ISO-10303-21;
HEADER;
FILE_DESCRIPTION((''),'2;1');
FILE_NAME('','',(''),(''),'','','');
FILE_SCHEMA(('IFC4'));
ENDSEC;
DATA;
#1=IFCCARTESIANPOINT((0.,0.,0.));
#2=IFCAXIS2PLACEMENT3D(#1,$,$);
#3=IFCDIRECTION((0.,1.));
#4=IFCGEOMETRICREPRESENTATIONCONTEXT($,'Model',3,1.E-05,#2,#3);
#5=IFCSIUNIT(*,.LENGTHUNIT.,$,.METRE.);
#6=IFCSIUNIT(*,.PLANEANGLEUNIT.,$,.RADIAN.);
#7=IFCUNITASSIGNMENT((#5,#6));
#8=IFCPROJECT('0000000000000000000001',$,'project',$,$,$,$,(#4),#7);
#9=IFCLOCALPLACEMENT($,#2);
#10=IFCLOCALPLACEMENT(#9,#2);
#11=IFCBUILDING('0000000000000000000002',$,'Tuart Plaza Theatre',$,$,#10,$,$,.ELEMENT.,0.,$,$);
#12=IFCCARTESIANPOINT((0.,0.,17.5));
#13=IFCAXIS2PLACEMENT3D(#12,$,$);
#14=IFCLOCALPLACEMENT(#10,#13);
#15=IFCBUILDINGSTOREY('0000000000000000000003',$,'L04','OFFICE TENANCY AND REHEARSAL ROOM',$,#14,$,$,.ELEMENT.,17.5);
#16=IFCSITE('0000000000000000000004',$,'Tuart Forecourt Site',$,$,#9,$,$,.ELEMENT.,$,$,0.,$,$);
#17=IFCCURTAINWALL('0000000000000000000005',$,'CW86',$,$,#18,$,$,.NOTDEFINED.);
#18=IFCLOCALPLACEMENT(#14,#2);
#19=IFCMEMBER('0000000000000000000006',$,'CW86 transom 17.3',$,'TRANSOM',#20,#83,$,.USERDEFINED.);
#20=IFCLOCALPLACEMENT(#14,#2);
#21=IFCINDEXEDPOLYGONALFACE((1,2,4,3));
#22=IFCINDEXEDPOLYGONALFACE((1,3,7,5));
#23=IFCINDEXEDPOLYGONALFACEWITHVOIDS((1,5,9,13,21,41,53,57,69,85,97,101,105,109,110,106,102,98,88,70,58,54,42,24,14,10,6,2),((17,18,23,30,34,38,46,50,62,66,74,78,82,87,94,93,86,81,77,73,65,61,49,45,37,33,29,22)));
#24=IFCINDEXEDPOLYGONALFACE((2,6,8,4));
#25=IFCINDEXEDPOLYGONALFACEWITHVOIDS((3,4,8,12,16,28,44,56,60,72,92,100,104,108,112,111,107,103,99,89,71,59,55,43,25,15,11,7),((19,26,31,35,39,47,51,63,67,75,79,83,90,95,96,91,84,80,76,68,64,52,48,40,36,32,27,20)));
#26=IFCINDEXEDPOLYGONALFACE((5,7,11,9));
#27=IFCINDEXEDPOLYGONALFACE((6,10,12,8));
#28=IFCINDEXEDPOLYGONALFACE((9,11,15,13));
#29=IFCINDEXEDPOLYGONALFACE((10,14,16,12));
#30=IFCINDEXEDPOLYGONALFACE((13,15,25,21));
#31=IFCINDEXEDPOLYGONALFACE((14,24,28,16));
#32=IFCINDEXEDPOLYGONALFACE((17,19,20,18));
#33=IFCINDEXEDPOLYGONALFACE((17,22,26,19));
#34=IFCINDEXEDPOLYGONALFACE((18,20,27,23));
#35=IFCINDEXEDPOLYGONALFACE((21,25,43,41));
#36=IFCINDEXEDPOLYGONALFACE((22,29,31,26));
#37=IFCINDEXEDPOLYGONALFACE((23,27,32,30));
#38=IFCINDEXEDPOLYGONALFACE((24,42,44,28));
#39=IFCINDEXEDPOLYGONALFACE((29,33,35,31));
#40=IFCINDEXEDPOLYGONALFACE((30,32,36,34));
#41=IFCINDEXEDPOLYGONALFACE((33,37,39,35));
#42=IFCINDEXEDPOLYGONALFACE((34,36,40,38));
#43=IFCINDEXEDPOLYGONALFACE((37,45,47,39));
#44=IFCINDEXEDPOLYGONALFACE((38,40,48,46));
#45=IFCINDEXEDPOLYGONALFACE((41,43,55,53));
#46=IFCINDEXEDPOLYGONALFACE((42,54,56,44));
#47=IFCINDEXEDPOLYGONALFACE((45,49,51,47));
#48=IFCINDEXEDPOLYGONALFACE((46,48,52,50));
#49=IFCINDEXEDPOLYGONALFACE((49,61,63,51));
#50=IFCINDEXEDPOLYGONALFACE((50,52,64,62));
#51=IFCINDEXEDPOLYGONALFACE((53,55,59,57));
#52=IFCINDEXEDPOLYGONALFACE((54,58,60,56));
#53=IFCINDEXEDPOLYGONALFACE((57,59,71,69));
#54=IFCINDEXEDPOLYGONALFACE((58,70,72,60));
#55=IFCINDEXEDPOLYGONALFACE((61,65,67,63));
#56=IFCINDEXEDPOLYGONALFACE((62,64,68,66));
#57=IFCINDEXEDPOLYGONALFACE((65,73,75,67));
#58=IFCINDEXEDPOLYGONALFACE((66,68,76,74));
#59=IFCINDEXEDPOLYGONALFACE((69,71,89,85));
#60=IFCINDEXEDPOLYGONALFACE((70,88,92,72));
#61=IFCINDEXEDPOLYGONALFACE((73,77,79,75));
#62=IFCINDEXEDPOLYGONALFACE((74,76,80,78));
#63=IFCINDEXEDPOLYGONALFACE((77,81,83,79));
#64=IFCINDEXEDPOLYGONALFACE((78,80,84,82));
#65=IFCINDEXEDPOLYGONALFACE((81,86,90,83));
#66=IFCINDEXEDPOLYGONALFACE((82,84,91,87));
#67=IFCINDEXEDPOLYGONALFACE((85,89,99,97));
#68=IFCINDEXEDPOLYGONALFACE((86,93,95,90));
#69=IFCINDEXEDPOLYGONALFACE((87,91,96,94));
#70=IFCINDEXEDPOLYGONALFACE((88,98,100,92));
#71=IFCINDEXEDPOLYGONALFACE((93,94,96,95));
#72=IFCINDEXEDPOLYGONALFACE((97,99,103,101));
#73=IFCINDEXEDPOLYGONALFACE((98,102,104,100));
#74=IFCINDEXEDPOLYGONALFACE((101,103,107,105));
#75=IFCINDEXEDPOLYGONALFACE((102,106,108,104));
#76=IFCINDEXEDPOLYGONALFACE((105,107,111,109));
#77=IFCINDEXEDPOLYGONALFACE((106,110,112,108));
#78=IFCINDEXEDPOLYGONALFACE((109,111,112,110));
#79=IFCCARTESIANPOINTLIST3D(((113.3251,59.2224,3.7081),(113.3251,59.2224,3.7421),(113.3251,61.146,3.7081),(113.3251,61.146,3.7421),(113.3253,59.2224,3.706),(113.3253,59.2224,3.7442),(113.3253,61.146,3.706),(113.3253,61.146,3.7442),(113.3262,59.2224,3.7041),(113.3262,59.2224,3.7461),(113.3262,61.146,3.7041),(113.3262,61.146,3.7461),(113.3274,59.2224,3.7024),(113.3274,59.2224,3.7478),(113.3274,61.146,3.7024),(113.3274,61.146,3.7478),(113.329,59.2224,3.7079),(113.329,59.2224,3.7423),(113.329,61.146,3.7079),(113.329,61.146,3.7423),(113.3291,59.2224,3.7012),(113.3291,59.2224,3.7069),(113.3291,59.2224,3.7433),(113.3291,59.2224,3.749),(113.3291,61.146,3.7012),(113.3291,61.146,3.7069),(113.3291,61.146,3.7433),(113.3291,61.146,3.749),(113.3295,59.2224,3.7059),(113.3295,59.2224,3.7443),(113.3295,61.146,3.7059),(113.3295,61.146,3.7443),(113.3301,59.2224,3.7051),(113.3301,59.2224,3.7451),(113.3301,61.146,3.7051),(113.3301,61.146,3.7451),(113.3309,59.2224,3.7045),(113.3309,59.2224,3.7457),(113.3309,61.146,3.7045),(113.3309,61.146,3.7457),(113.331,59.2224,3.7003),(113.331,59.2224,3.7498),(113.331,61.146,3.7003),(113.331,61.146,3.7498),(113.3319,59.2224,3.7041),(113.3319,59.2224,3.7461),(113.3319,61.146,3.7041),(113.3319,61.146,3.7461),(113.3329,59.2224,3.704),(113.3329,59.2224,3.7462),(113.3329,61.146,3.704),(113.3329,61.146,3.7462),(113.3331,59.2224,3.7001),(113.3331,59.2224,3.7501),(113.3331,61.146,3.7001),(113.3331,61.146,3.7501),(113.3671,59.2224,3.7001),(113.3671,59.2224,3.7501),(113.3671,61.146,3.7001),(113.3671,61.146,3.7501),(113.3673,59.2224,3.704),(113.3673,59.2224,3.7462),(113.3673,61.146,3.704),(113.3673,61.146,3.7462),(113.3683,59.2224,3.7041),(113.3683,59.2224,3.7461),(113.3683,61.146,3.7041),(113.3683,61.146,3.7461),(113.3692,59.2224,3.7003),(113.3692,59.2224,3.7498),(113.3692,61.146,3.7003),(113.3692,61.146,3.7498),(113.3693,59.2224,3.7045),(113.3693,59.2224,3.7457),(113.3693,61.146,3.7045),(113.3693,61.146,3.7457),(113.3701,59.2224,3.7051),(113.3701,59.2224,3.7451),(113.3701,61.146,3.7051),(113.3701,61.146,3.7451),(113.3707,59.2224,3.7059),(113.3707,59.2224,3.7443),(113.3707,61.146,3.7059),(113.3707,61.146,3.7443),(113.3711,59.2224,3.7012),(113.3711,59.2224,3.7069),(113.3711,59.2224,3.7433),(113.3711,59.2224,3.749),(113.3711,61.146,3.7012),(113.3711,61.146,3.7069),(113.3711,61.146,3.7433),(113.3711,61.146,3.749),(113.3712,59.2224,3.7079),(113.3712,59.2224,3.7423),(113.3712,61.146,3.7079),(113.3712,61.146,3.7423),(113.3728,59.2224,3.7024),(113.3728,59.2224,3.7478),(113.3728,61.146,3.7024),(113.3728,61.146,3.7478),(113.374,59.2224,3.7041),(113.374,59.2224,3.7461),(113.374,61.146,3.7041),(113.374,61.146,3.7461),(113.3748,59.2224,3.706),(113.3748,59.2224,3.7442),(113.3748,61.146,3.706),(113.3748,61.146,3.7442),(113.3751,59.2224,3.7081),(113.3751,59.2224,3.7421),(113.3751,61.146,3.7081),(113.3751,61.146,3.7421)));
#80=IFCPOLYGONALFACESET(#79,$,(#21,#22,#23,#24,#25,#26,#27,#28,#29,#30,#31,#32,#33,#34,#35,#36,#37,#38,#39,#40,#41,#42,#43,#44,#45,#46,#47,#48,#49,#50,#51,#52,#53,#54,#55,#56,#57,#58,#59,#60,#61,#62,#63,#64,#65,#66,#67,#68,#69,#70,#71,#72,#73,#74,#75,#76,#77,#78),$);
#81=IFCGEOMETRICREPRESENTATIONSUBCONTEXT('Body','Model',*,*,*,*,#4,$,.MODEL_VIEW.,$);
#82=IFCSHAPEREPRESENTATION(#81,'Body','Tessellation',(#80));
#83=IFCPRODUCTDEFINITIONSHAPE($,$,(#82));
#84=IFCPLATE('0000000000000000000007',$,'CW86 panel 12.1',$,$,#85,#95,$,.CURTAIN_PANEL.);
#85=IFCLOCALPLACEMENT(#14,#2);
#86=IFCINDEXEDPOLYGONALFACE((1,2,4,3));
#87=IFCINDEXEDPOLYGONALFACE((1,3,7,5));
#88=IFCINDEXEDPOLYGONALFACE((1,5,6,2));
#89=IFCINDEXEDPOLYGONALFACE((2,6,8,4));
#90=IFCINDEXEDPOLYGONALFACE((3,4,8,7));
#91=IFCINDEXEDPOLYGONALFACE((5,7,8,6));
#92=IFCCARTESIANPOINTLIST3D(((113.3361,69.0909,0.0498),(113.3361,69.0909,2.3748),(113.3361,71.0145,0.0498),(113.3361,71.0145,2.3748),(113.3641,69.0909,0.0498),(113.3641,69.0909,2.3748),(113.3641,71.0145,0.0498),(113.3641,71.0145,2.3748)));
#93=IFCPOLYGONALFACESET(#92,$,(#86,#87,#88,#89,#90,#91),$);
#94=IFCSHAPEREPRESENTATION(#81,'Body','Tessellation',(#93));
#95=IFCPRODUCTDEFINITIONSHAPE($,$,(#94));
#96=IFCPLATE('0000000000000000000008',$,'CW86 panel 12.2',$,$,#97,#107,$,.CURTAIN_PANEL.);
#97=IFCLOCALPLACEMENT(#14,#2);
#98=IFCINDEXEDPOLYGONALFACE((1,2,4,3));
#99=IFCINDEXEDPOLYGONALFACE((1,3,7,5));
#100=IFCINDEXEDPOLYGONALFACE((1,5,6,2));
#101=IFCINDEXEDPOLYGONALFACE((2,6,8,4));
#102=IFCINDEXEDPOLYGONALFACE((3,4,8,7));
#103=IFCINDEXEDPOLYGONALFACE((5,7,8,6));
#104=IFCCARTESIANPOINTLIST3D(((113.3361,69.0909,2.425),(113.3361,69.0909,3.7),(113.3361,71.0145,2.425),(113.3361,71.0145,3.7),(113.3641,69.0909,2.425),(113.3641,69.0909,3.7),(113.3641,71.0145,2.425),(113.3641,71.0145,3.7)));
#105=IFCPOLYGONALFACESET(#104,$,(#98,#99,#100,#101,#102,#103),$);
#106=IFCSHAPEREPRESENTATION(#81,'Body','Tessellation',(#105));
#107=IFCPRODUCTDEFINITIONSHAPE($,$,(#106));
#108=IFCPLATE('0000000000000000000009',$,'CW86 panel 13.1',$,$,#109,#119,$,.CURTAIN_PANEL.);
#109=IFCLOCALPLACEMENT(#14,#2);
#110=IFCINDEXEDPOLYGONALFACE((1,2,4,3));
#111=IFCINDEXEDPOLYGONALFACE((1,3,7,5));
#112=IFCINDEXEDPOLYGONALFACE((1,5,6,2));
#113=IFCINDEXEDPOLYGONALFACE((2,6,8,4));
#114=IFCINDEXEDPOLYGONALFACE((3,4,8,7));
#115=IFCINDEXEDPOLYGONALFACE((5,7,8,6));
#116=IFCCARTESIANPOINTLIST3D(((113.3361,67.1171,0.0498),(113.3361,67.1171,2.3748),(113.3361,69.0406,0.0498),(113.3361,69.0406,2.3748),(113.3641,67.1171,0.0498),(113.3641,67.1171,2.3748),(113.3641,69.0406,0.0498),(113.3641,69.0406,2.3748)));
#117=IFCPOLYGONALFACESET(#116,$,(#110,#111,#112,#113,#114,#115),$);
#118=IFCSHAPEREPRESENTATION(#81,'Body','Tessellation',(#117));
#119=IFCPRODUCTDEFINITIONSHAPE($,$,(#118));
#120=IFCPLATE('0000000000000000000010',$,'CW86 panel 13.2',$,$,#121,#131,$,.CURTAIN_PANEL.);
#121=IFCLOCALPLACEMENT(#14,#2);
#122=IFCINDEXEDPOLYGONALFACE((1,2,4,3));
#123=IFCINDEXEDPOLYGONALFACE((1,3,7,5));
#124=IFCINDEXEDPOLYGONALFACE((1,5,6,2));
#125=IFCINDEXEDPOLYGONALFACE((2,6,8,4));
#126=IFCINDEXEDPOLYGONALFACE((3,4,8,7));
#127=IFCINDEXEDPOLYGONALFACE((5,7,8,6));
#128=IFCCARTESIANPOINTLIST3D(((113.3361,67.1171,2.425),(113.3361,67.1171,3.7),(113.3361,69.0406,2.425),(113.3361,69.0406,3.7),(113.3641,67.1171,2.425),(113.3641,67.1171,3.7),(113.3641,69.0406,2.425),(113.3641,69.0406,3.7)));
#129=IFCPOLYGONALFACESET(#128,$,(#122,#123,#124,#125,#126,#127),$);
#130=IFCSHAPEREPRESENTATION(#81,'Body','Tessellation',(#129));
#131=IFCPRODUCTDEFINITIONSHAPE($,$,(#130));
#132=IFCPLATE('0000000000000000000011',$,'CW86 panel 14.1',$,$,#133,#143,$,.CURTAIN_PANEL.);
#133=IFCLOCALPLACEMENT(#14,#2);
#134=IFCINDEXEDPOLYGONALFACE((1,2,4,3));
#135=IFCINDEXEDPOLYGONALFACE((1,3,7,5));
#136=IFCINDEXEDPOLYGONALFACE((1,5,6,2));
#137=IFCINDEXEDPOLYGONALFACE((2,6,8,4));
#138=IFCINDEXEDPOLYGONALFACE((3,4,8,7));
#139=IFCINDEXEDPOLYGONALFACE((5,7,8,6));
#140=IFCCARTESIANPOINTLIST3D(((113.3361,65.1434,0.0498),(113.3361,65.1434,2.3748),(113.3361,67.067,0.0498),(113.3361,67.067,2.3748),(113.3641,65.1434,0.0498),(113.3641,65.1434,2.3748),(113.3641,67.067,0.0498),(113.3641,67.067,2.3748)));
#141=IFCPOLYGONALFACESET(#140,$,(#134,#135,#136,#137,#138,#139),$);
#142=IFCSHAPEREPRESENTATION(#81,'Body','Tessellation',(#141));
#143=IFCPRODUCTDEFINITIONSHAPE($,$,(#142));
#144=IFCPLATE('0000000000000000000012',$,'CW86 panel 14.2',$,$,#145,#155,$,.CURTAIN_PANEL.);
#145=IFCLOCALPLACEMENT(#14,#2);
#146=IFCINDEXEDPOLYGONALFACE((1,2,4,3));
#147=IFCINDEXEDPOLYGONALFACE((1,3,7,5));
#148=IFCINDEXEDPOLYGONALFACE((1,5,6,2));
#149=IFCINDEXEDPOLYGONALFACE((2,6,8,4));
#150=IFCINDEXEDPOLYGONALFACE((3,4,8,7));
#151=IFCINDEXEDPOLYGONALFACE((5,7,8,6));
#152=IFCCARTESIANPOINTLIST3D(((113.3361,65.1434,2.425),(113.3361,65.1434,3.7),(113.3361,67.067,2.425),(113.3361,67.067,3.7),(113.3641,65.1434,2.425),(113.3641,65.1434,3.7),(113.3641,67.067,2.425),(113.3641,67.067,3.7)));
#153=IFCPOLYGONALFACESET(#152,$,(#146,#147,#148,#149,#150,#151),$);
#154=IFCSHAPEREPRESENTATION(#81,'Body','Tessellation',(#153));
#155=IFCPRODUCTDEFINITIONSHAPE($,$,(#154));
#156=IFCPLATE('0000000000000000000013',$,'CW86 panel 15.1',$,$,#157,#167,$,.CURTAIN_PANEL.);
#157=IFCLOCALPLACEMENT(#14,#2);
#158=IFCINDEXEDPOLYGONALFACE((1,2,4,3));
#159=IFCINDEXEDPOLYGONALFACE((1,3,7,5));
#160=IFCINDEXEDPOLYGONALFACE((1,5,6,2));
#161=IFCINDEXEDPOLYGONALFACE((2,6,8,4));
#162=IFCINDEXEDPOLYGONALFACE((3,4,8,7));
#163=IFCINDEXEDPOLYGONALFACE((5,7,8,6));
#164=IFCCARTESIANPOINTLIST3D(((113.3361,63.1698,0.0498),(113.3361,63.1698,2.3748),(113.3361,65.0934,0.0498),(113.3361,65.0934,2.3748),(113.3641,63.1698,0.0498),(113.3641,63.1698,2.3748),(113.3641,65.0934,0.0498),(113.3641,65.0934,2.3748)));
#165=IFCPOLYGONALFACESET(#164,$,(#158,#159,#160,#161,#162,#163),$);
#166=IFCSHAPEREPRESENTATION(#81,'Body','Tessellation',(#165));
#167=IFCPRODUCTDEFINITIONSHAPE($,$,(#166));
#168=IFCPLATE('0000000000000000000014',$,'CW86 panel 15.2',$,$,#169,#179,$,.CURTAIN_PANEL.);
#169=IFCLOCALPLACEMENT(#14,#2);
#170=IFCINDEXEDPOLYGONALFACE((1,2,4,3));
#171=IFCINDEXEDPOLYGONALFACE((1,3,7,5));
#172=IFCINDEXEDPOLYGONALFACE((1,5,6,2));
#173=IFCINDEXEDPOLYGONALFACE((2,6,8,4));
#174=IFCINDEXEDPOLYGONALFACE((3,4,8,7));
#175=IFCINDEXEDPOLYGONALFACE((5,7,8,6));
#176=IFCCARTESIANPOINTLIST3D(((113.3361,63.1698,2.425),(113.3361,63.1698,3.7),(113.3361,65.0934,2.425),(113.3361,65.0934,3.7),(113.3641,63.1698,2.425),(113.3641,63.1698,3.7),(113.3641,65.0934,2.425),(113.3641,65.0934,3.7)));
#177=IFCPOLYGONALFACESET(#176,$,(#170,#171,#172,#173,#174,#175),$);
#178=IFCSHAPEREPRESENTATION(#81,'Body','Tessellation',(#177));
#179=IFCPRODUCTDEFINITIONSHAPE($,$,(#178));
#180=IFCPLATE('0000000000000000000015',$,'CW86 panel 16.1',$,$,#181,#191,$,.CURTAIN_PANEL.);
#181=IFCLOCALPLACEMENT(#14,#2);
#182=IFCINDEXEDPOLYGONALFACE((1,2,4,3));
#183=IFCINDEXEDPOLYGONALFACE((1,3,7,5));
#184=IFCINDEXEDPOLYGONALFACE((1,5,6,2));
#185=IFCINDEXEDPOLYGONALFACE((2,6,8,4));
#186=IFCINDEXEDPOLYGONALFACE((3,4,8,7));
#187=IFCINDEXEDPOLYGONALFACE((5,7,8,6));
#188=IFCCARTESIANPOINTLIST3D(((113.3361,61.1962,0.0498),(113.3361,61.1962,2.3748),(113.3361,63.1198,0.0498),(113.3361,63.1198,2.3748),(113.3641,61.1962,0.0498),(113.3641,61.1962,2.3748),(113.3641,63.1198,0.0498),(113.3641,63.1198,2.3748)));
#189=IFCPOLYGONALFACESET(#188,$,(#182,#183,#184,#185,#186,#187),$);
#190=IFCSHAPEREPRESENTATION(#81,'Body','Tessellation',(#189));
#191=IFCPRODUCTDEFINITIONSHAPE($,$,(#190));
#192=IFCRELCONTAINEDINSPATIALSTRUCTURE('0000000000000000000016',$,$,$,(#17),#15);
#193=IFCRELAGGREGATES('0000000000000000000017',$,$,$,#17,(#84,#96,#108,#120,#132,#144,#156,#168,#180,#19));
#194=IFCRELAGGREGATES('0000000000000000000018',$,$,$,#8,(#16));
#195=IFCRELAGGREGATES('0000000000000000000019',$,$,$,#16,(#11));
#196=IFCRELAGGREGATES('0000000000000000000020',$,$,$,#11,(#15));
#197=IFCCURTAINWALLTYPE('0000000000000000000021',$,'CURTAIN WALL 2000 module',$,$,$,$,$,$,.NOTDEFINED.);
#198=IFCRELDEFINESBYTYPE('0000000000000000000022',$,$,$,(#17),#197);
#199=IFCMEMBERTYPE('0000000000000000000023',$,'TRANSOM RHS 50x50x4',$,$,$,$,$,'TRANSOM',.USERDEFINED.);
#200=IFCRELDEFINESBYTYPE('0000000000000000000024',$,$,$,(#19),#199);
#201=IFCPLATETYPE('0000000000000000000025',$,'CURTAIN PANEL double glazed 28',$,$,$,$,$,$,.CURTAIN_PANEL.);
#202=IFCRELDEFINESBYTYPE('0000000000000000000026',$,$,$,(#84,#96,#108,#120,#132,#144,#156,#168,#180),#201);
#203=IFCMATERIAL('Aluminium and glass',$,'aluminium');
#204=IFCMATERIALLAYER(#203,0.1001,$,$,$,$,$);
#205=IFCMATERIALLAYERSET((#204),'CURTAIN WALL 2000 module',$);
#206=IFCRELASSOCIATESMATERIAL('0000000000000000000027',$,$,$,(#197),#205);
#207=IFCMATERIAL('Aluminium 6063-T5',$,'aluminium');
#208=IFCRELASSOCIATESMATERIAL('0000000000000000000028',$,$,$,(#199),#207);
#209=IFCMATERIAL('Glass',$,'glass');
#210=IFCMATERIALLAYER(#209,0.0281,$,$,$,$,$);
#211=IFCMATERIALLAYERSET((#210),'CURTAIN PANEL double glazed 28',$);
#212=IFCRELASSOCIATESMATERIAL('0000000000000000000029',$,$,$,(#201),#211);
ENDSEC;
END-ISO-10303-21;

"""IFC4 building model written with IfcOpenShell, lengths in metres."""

from ifc_helpers import new_model, si_unit, direction, frame, origin, origin_2d, place, context, subcontext, project, spatial, rectangle, hollow_rectangle, extrude, material, layer, layer_set, material_profile, profile_set, type_object, element, aggregate, save


model = new_model("IFC4")

# Units and contexts
model_context = context("Model", 3, precision=1e-05, world=origin(), true_north=direction((0.0, 1.0)))
body_context = subcontext(model_context, "Body", "Model", "MODEL_VIEW")
ifc_project = project(units=[si_unit("LENGTHUNIT", "METRE"), si_unit("PLANEANGLEUNIT", "RADIAN")], contexts=[model_context])

# Site, building, storey
site_placement = place(None, origin())
site = spatial("IfcSite", under=ifc_project, at=site_placement, Name="Tuart Forecourt Site", CompositionType="ELEMENT", RefElevation=0.0)
building_placement = place(site_placement, origin())
building = spatial("IfcBuilding", under=site, at=building_placement, Name="Tuart Plaza Theatre", CompositionType="ELEMENT", ElevationOfRefHeight=0.0)
storey_placement = place(building_placement, frame((0.0, 0.0, 17.5)))
storey = spatial("IfcBuildingStorey", under=building, at=storey_placement, Name="L04", Description="OFFICE TENANCY AND REHEARSAL ROOM", CompositionType="ELEMENT", Elevation=17.5)

# Curtain wall, member, plates
ifc_material_1 = material(Name="Aluminium and glass", Category="aluminium")
ifc_layer_1 = layer(ifc_material_1, 0.1001)
ifc_layer_set_1 = layer_set([ifc_layer_1], Name="CURTAIN WALL 2000 module")
curtain_wall_type = type_object("IfcCurtainWallType", Name="CURTAIN WALL 2000 module", PredefinedType="NOTDEFINED", material=ifc_layer_set_1)
curtain_wall_placement = place(storey_placement, origin())
curtain_wall = element("IfcCurtainWall", 1, at=curtain_wall_placement, inside=storey, type_object=curtain_wall_type, Name="CW86", PredefinedType="NOTDEFINED")
ifc_material_2 = material(Name="Aluminium 6063-T5", Category="aluminium")
ifc_material_profile_1 = material_profile(ifc_material_2, hollow_rectangle(XDim=0.05, YDim=0.05, WallThickness=0.0039, InnerFilletRadius=0.0039, OuterFilletRadius=0.0081, at=origin_2d()), Name="RHS 50x50x4")
ifc_profile_set_1 = profile_set([ifc_material_profile_1], Name="Aluminium 6063-T5")
member_type_1 = type_object("IfcMemberType", Name="TRANSOM RHS 50x50x4", ElementType="TRANSOM", PredefinedType="USERDEFINED", material=ifc_profile_set_1)
member_1_placement = place(storey_placement, frame((113.3501, 61.146, 3.7251), z_axis=(0.0, -1.0, 0.0), x_axis=(1.0, 0.0, 0.0)))
member_1 = element("IfcMember", 2, at=member_1_placement, type_object=member_type_1, Name="CW86 transom 17.3", ObjectType="TRANSOM", PredefinedType="USERDEFINED", context=body_context, shape_type="SweptSolid", body=[
    extrude(hollow_rectangle(XDim=0.05, YDim=0.05, WallThickness=0.0039, InnerFilletRadius=0.0039, OuterFilletRadius=0.0081, at=origin_2d()), origin(), (0.0, 0.0, 1.0), 1.9236),
])
ifc_material_3 = material(Name="Glass", Category="glass")
ifc_layer_2 = layer(ifc_material_3, 0.0281)
ifc_layer_set_2 = layer_set([ifc_layer_2], Name="CURTAIN PANEL double glazed 28")
plate_type_1 = type_object("IfcPlateType", Name="CURTAIN PANEL double glazed 28", PredefinedType="CURTAIN_PANEL", material=ifc_layer_set_2)
plate_1_placement = place(storey_placement, frame((113.3501, 70.0527, 0.0498), z_axis=(0.0, 0.0, 1.0), x_axis=(0.0, -1.0, 0.0)))
plate_1 = element("IfcPlate", 3, at=plate_1_placement, type_object=plate_type_1, Name="CW86 panel 12.1", PredefinedType="CURTAIN_PANEL", context=body_context, shape_type="SweptSolid", body=[
    extrude(rectangle(XDim=1.9236, YDim=0.0281, at=origin_2d()), origin(), (0.0, 0.0, 1.0), 2.325),
])
plate_2_placement = place(storey_placement, frame((113.3501, 70.0527, 2.425), z_axis=(0.0, 0.0, 1.0), x_axis=(0.0, -1.0, 0.0)))
plate_2 = element("IfcPlate", 4, at=plate_2_placement, type_object=plate_type_1, Name="CW86 panel 12.2", PredefinedType="CURTAIN_PANEL", context=body_context, shape_type="SweptSolid", body=[
    extrude(rectangle(XDim=1.9236, YDim=0.0281, at=origin_2d()), origin(), (0.0, 0.0, 1.0), 1.2749),
])
plate_3_placement = place(storey_placement, frame((113.3501, 68.0789, 0.0498), z_axis=(0.0, 0.0, 1.0), x_axis=(0.0, -1.0, 0.0)))
plate_3 = element("IfcPlate", 5, at=plate_3_placement, type_object=plate_type_1, Name="CW86 panel 13.1", PredefinedType="CURTAIN_PANEL", context=body_context, shape_type="SweptSolid", body=[
    extrude(rectangle(XDim=1.9236, YDim=0.0281, at=origin_2d()), origin(), (0.0, 0.0, 1.0), 2.325),
])
plate_4_placement = place(storey_placement, frame((113.3501, 68.0789, 2.425), z_axis=(0.0, 0.0, 1.0), x_axis=(0.0, -1.0, 0.0)))
plate_4 = element("IfcPlate", 6, at=plate_4_placement, type_object=plate_type_1, Name="CW86 panel 13.2", PredefinedType="CURTAIN_PANEL", context=body_context, shape_type="SweptSolid", body=[
    extrude(rectangle(XDim=1.9236, YDim=0.0281, at=origin_2d()), origin(), (0.0, 0.0, 1.0), 1.2749),
])
plate_5_placement = place(storey_placement, frame((113.3501, 66.1052, 0.0498), z_axis=(0.0, 0.0, 1.0), x_axis=(0.0, -1.0, 0.0)))
plate_5 = element("IfcPlate", 7, at=plate_5_placement, type_object=plate_type_1, Name="CW86 panel 14.1", PredefinedType="CURTAIN_PANEL", context=body_context, shape_type="SweptSolid", body=[
    extrude(rectangle(XDim=1.9236, YDim=0.0281, at=origin_2d()), origin(), (0.0, 0.0, 1.0), 2.325),
])
plate_6_placement = place(storey_placement, frame((113.3501, 66.1052, 2.425), z_axis=(0.0, 0.0, 1.0), x_axis=(0.0, -1.0, 0.0)))
plate_6 = element("IfcPlate", 8, at=plate_6_placement, type_object=plate_type_1, Name="CW86 panel 14.2", PredefinedType="CURTAIN_PANEL", context=body_context, shape_type="SweptSolid", body=[
    extrude(rectangle(XDim=1.9236, YDim=0.0281, at=origin_2d()), origin(), (0.0, 0.0, 1.0), 1.2749),
])
plate_7_placement = place(storey_placement, frame((113.3501, 64.1316, 0.0498), z_axis=(0.0, 0.0, 1.0), x_axis=(0.0, -1.0, 0.0)))
plate_7 = element("IfcPlate", 9, at=plate_7_placement, type_object=plate_type_1, Name="CW86 panel 15.1", PredefinedType="CURTAIN_PANEL", context=body_context, shape_type="SweptSolid", body=[
    extrude(rectangle(XDim=1.9236, YDim=0.0281, at=origin_2d()), origin(), (0.0, 0.0, 1.0), 2.325),
])
plate_8_placement = place(storey_placement, frame((113.3501, 64.1316, 2.425), z_axis=(0.0, 0.0, 1.0), x_axis=(0.0, -1.0, 0.0)))
plate_8 = element("IfcPlate", 10, at=plate_8_placement, type_object=plate_type_1, Name="CW86 panel 15.2", PredefinedType="CURTAIN_PANEL", context=body_context, shape_type="SweptSolid", body=[
    extrude(rectangle(XDim=1.9236, YDim=0.0281, at=origin_2d()), origin(), (0.0, 0.0, 1.0), 1.2749),
])
plate_9_placement = place(storey_placement, frame((113.3501, 62.158, 0.0498), z_axis=(0.0, 0.0, 1.0), x_axis=(0.0, -1.0, 0.0)))
plate_9 = element("IfcPlate", 11, at=plate_9_placement, type_object=plate_type_1, Name="CW86 panel 16.1", PredefinedType="CURTAIN_PANEL", context=body_context, shape_type="SweptSolid", body=[
    extrude(rectangle(XDim=1.9236, YDim=0.0281, at=origin_2d()), origin(), (0.0, 0.0, 1.0), 2.325),
])
aggregate(curtain_wall, [plate_1, plate_2, plate_3, plate_4, plate_5, plate_6, plate_7, plate_8, plate_9, member_1])

save(model, "model.ifc")
